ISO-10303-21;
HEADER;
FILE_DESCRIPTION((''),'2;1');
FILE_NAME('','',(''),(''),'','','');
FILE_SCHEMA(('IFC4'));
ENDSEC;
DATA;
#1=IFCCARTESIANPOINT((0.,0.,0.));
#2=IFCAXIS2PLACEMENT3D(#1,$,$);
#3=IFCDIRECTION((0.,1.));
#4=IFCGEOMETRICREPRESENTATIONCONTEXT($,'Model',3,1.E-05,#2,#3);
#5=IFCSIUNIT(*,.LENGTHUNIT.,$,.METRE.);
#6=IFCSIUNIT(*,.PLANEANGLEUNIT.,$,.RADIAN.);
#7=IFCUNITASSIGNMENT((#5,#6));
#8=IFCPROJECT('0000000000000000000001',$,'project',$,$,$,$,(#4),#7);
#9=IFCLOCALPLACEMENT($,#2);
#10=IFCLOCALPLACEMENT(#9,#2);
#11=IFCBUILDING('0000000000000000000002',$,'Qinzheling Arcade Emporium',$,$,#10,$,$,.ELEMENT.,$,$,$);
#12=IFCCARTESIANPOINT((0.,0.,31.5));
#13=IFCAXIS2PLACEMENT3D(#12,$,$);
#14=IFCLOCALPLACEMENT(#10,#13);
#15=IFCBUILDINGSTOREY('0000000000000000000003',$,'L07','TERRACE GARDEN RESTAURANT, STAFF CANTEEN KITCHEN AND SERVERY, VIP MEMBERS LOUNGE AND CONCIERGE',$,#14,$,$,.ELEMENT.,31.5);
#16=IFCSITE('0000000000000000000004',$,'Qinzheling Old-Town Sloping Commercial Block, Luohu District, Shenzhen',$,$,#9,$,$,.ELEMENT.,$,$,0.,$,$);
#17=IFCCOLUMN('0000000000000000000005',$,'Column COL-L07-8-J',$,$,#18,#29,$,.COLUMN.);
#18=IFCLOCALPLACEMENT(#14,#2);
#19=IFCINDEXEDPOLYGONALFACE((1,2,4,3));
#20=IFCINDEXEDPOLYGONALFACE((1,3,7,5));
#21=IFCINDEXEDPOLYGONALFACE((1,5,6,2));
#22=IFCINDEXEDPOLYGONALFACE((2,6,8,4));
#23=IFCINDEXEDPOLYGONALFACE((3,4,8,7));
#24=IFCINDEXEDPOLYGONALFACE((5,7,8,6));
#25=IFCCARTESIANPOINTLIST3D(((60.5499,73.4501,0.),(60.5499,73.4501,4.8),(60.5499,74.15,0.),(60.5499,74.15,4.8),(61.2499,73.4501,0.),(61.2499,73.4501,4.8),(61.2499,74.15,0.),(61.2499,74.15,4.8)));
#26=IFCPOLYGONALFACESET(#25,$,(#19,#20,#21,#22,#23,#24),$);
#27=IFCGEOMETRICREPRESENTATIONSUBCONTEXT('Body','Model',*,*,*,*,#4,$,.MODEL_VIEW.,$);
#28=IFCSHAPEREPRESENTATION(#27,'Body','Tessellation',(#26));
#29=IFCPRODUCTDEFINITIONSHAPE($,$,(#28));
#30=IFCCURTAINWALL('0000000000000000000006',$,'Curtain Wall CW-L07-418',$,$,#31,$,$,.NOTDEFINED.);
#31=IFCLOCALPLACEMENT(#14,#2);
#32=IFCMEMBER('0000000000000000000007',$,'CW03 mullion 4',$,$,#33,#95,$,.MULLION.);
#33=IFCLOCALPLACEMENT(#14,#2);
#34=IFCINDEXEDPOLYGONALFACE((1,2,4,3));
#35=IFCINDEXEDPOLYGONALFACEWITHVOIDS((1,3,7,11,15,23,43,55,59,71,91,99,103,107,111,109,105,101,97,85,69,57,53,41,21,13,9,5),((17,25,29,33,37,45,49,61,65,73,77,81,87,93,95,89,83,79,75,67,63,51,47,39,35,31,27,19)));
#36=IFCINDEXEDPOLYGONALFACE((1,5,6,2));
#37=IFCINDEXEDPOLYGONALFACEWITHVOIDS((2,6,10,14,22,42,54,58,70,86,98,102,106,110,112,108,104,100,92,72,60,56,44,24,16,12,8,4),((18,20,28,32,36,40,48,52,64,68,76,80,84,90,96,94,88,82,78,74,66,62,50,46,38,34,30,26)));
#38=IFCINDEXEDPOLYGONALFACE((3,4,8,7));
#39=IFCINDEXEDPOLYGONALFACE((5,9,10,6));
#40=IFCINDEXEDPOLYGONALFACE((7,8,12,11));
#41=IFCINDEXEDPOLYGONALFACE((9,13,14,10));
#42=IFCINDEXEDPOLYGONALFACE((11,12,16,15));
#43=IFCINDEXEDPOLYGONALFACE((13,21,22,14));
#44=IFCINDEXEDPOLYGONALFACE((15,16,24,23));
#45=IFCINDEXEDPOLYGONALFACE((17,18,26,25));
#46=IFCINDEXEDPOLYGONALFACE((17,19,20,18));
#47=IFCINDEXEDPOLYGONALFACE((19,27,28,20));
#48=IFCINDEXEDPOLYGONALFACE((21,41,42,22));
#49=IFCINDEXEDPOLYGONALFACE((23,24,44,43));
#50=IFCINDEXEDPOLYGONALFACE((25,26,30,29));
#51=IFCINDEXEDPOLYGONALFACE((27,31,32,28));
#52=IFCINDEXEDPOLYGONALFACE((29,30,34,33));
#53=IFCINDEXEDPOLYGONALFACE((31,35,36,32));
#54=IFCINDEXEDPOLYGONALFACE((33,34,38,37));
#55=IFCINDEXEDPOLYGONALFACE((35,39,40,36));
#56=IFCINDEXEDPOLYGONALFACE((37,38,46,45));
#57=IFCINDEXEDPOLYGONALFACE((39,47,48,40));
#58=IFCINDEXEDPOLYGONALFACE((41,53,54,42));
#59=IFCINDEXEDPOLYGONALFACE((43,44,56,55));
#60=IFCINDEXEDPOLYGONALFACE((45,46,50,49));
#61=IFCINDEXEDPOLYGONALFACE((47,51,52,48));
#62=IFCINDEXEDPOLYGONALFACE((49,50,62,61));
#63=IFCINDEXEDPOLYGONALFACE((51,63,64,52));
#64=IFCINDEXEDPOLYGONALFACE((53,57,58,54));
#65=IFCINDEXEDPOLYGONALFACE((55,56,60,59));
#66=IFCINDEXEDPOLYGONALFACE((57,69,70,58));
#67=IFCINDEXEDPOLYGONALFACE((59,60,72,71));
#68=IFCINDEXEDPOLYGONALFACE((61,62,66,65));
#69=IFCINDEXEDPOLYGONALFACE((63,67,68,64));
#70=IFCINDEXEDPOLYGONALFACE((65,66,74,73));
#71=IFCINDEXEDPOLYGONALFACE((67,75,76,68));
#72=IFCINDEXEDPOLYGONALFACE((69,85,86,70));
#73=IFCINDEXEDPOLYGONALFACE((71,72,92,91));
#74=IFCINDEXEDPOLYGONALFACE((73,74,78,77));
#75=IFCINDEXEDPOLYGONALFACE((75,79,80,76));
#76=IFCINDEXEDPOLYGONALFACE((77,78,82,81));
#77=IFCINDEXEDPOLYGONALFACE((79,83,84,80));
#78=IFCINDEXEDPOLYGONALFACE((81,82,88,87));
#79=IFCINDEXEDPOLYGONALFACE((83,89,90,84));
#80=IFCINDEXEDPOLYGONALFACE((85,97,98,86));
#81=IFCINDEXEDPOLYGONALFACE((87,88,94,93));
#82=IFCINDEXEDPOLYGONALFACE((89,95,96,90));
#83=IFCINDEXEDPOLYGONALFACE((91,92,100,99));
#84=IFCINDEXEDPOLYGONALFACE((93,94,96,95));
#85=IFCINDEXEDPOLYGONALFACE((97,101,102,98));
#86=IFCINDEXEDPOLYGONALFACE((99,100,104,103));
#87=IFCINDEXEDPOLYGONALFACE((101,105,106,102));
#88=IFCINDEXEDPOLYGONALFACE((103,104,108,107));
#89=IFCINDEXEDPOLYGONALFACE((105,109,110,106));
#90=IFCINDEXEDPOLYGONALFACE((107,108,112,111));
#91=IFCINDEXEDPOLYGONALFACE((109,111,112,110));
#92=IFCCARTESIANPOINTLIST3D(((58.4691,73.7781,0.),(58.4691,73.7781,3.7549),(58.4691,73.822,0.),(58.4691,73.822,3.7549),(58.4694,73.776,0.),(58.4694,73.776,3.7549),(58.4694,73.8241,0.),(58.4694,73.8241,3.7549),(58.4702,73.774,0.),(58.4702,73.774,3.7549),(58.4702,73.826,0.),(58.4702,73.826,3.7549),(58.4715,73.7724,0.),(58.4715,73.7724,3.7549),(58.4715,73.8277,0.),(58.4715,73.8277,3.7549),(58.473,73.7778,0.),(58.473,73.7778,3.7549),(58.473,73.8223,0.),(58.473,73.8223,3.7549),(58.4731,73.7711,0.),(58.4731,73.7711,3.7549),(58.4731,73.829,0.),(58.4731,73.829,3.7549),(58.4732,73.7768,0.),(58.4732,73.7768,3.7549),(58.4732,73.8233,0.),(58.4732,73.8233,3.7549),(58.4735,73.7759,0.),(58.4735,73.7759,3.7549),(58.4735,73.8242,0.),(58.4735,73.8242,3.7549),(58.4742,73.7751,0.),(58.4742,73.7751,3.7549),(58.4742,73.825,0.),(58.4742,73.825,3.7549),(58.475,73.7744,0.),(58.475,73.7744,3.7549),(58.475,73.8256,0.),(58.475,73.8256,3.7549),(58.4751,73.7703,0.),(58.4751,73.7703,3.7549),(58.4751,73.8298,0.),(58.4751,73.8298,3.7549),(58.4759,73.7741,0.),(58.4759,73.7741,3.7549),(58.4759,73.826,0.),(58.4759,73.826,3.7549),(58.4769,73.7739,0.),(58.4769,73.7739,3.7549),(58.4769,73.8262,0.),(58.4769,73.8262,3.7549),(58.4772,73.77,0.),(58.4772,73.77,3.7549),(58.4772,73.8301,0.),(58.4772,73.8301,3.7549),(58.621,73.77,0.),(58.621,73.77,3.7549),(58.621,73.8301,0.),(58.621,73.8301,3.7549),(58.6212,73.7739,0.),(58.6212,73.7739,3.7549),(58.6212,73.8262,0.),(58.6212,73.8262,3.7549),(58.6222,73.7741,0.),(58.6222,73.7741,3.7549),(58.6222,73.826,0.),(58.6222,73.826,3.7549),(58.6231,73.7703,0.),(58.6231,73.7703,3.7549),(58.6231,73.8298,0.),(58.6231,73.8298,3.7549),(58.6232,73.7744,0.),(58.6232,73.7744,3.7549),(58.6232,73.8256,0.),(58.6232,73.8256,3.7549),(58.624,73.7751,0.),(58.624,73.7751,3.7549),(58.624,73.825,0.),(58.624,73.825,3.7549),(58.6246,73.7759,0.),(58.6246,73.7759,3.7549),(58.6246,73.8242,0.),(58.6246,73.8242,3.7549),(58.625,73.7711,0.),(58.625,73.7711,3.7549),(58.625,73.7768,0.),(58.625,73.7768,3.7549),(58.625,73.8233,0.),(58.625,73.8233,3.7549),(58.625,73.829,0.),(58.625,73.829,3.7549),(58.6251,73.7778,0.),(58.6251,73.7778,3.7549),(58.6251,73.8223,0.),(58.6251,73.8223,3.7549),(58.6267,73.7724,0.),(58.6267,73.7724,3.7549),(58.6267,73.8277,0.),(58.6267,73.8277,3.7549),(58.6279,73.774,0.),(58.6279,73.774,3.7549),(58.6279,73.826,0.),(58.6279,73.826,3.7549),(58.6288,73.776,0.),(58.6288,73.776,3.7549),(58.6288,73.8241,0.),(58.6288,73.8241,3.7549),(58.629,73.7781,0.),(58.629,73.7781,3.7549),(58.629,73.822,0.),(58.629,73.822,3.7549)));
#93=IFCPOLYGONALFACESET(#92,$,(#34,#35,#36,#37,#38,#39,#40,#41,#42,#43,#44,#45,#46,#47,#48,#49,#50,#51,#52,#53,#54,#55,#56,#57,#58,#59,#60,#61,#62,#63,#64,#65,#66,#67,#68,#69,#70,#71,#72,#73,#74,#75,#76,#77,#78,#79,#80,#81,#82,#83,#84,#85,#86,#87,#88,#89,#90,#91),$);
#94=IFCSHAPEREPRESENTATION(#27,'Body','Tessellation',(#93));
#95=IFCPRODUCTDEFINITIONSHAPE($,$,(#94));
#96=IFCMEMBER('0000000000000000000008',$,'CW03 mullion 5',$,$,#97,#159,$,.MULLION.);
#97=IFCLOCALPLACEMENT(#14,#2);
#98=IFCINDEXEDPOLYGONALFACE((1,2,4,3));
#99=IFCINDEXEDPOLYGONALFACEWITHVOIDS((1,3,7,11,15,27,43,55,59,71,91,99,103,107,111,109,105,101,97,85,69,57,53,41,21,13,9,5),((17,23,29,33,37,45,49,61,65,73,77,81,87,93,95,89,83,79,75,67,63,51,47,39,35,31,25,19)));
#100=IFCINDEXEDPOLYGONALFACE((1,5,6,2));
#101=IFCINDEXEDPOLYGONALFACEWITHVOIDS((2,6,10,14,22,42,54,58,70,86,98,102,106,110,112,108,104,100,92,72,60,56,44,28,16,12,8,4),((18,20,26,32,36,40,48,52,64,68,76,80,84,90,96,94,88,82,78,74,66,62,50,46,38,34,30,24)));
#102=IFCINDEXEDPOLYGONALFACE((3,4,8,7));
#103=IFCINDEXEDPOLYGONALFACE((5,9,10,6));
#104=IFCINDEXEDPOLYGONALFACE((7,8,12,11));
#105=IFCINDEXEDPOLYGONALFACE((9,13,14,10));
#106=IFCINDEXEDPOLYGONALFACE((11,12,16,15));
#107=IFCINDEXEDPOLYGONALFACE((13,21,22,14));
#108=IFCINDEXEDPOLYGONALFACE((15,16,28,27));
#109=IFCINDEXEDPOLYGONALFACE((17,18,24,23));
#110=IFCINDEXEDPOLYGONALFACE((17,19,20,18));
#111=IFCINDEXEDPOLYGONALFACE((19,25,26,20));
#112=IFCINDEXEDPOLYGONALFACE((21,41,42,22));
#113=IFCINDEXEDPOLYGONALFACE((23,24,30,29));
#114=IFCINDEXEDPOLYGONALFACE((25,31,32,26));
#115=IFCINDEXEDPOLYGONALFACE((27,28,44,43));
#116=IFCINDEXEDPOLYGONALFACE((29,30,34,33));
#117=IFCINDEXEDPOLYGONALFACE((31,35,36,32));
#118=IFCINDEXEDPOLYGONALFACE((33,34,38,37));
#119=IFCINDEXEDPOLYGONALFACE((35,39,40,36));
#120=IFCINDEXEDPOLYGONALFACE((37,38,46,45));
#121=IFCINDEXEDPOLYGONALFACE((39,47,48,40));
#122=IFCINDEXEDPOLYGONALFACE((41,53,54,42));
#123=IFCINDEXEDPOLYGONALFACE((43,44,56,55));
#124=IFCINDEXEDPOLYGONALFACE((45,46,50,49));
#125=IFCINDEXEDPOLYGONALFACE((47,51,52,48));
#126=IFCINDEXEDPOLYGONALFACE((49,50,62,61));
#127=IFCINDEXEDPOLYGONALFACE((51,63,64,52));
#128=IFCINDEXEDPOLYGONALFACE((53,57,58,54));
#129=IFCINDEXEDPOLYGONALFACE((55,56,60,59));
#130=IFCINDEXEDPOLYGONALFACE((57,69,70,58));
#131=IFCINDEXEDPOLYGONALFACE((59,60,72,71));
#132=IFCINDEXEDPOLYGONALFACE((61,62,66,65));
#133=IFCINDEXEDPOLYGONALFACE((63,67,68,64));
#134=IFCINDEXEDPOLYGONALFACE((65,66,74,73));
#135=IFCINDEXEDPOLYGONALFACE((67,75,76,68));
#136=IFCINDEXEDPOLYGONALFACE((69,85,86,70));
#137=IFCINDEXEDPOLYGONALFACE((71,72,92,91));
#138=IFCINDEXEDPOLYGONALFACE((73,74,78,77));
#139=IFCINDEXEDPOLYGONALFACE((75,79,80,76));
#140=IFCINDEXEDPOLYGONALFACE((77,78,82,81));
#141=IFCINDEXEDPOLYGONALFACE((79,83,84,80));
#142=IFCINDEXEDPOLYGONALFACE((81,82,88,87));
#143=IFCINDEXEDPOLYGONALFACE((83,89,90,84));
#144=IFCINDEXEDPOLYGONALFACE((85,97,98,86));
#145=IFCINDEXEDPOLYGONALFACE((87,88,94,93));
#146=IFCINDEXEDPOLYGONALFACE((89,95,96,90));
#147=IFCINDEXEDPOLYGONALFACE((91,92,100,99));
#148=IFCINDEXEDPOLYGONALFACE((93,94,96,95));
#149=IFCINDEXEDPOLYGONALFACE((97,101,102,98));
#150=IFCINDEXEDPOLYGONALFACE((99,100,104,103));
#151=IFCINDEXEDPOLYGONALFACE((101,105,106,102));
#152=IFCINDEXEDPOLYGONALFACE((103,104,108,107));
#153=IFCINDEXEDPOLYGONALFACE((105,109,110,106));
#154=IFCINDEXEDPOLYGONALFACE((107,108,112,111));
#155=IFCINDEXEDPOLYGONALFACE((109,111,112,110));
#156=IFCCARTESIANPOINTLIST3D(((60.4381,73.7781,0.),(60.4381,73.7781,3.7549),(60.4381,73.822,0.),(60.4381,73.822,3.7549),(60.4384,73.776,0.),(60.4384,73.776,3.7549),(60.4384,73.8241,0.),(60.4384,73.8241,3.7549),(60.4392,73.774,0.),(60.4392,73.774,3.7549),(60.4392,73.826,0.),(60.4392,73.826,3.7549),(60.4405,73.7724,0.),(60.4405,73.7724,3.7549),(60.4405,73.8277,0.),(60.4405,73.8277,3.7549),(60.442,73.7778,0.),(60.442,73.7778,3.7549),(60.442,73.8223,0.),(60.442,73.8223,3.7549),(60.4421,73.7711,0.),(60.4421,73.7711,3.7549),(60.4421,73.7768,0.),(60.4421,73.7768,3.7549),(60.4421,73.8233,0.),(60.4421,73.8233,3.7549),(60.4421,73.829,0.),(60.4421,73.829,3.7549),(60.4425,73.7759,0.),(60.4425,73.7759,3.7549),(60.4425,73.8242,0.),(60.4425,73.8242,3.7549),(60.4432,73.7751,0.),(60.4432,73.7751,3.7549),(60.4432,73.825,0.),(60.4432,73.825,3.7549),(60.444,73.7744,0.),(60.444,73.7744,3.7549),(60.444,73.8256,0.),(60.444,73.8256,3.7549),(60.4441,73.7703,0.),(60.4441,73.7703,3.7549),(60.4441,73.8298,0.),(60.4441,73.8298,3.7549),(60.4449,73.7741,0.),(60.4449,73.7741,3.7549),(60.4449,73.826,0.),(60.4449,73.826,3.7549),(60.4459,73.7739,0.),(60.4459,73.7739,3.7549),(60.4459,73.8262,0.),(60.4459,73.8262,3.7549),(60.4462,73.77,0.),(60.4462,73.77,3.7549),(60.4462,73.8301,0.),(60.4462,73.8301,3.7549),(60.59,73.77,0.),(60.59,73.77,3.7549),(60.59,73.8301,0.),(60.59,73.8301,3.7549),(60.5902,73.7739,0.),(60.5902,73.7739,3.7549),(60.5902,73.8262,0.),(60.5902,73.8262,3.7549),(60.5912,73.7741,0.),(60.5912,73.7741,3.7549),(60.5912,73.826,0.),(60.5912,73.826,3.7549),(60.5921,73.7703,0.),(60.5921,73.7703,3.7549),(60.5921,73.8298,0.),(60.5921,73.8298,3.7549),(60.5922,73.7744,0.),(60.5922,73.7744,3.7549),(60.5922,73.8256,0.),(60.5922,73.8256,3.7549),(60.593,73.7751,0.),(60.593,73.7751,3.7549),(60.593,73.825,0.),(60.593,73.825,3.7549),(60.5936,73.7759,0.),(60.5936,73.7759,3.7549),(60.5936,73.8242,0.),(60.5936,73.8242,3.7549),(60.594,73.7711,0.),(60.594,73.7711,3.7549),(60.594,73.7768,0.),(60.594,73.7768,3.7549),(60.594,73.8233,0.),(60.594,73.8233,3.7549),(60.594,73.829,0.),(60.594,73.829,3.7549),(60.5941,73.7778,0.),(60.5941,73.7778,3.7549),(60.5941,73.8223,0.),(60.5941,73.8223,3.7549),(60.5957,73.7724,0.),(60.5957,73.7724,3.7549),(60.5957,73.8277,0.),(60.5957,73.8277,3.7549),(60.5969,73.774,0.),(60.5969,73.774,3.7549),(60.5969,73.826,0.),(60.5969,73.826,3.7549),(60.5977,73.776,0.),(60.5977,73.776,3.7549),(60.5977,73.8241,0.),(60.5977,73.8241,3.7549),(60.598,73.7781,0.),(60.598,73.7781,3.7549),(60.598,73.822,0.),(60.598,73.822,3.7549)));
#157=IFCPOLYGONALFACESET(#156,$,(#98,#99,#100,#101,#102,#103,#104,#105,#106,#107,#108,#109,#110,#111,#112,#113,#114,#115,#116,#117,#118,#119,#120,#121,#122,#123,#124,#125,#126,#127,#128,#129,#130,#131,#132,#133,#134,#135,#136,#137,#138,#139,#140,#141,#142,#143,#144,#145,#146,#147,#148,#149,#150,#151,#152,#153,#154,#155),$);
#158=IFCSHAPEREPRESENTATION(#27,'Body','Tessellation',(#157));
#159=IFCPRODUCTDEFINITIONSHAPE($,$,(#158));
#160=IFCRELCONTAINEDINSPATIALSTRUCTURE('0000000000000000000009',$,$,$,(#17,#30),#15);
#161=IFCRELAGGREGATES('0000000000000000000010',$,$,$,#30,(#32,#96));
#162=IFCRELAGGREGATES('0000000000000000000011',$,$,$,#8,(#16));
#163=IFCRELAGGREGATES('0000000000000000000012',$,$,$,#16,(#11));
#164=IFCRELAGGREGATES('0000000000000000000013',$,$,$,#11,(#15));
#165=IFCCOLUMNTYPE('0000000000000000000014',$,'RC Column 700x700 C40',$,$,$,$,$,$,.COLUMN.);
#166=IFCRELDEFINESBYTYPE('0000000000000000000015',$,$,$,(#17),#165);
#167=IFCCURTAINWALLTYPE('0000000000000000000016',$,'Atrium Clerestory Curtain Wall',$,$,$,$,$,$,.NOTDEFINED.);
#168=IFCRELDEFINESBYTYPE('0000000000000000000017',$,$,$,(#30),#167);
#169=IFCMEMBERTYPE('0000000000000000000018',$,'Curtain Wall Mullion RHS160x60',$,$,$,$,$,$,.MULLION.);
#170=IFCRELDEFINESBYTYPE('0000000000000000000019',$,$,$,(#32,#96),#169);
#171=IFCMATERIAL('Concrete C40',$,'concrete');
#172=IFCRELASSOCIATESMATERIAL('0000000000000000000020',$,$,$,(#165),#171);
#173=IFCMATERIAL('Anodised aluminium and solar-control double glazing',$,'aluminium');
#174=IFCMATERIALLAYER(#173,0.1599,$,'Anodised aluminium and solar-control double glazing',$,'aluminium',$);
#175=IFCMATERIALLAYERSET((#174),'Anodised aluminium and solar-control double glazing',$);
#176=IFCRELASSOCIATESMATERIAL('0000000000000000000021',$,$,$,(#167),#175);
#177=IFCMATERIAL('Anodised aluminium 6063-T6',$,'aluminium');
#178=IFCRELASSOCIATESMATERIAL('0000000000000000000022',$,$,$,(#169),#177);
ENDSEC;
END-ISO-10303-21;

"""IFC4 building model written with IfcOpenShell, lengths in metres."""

from ifc_helpers import new_model, si_unit, direction, frame, origin, origin_2d, place, context, subcontext, project, spatial, rectangle, hollow_rectangle, extrude, material, layer, layer_set, material_profile, profile_set, type_object, element, aggregate, save


model = new_model("IFC4")

# Units and contexts
model_context = context("Model", 3, precision=1e-05, world=origin(), true_north=direction((0.0, 1.0)))
body_context = subcontext(model_context, "Body", "Model", "MODEL_VIEW")
ifc_project = project(units=[si_unit("LENGTHUNIT", "METRE"), si_unit("PLANEANGLEUNIT", "RADIAN")], contexts=[model_context])

# Site, building, storey
site_placement = place(None, origin())
site = spatial("IfcSite", under=ifc_project, at=site_placement, Name="Qinzheling Old-Town Sloping Commercial Block, Luohu District, Shenzhen", CompositionType="ELEMENT", RefElevation=0.0)
building_placement = place(site_placement, origin())
building = spatial("IfcBuilding", under=site, at=building_placement, Name="Qinzheling Arcade Emporium", CompositionType="ELEMENT")
storey_placement = place(building_placement, frame((0.0, 0.0, 31.5)))
storey = spatial("IfcBuildingStorey", under=building, at=storey_placement, Name="L07", Description="TERRACE GARDEN RESTAURANT, STAFF CANTEEN KITCHEN AND SERVERY, VIP MEMBERS LOUNGE AND CONCIERGE", CompositionType="ELEMENT", Elevation=31.5)

# Column
ifc_material_1 = material(Name="Concrete C40", Category="concrete")
ifc_material_profile_1 = material_profile(ifc_material_1, rectangle(XDim=0.7, YDim=0.7, at=origin_2d()), Name="RC 700x700", Category="concrete")
ifc_profile_set_1 = profile_set([ifc_material_profile_1], Name="Concrete C40")
column_type = type_object("IfcColumnType", Name="RC Column 700x700 C40", PredefinedType="COLUMN", material=ifc_profile_set_1)
column_placement = place(storey_placement, frame((60.8999, 73.8, 0.0), z_axis=(0.0, 0.0, 1.0), x_axis=(1.0, 0.0, 0.0)))
element("IfcColumn", 1, at=column_placement, inside=storey, type_object=column_type, Name="Column COL-L07-8-J", PredefinedType="COLUMN", context=body_context, shape_type="SweptSolid", body=[
    extrude(rectangle(XDim=0.7, YDim=0.7, at=origin_2d()), origin(), (0.0, 0.0, 1.0), 4.8),
])

# Curtain wall, members
ifc_material_2 = material(Name="Anodised aluminium and solar-control double glazing", Category="aluminium")
ifc_layer_1 = layer(ifc_material_2, 0.1599, Name="Anodised aluminium and solar-control double glazing", Category="aluminium")
ifc_layer_set_1 = layer_set([ifc_layer_1], Name="Anodised aluminium and solar-control double glazing")
curtain_wall_type = type_object("IfcCurtainWallType", Name="Atrium Clerestory Curtain Wall", PredefinedType="NOTDEFINED", material=ifc_layer_set_1)
curtain_wall_1_placement = place(storey_placement, origin())
curtain_wall_1 = element("IfcCurtainWall", 2, at=curtain_wall_1_placement, inside=storey, type_object=curtain_wall_type, Name="Curtain Wall CW-L07-418", PredefinedType="NOTDEFINED")
ifc_material_3 = material(Name="Anodised aluminium 6063-T6", Category="aluminium")
ifc_material_profile_2 = material_profile(ifc_material_3, hollow_rectangle(XDim=0.0601, YDim=0.1599, WallThickness=0.0039, InnerFilletRadius=0.0039, OuterFilletRadius=0.0081, at=origin_2d()), Name="RHS 160x60x4", Category="aluminium")
ifc_profile_set_2 = profile_set([ifc_material_profile_2], Name="Anodised aluminium 6063-T6")
member_type_1 = type_object("IfcMemberType", Name="Curtain Wall Mullion RHS160x60", PredefinedType="MULLION", material=ifc_profile_set_2)
member_1_placement = place(storey_placement, frame((58.5491, 73.8, 0.0), z_axis=(0.0, 0.0, 1.0), x_axis=(0.0, 1.0, 0.0)))
member_1 = element("IfcMember", 3, at=member_1_placement, type_object=member_type_1, Name="CW03 mullion 4", PredefinedType="MULLION", context=body_context, shape_type="SweptSolid", body=[
    extrude(hollow_rectangle(XDim=0.0601, YDim=0.1599, WallThickness=0.0039, InnerFilletRadius=0.0039, OuterFilletRadius=0.0081, at=origin_2d()), origin(), (0.0, 0.0, 1.0), 3.7549),
])
member_2_placement = place(storey_placement, frame((60.5181, 73.8, 0.0), z_axis=(0.0, 0.0, 1.0), x_axis=(0.0, 1.0, 0.0)))
member_2 = element("IfcMember", 4, at=member_2_placement, type_object=member_type_1, Name="CW03 mullion 5", PredefinedType="MULLION", context=body_context, shape_type="SweptSolid", body=[
    extrude(hollow_rectangle(XDim=0.0601, YDim=0.1599, WallThickness=0.0039, InnerFilletRadius=0.0039, OuterFilletRadius=0.0081, at=origin_2d()), origin(), (0.0, 0.0, 1.0), 3.7549),
])

aggregate(curtain_wall_1, [member_1, member_2])

save(model, "model.ifc")
